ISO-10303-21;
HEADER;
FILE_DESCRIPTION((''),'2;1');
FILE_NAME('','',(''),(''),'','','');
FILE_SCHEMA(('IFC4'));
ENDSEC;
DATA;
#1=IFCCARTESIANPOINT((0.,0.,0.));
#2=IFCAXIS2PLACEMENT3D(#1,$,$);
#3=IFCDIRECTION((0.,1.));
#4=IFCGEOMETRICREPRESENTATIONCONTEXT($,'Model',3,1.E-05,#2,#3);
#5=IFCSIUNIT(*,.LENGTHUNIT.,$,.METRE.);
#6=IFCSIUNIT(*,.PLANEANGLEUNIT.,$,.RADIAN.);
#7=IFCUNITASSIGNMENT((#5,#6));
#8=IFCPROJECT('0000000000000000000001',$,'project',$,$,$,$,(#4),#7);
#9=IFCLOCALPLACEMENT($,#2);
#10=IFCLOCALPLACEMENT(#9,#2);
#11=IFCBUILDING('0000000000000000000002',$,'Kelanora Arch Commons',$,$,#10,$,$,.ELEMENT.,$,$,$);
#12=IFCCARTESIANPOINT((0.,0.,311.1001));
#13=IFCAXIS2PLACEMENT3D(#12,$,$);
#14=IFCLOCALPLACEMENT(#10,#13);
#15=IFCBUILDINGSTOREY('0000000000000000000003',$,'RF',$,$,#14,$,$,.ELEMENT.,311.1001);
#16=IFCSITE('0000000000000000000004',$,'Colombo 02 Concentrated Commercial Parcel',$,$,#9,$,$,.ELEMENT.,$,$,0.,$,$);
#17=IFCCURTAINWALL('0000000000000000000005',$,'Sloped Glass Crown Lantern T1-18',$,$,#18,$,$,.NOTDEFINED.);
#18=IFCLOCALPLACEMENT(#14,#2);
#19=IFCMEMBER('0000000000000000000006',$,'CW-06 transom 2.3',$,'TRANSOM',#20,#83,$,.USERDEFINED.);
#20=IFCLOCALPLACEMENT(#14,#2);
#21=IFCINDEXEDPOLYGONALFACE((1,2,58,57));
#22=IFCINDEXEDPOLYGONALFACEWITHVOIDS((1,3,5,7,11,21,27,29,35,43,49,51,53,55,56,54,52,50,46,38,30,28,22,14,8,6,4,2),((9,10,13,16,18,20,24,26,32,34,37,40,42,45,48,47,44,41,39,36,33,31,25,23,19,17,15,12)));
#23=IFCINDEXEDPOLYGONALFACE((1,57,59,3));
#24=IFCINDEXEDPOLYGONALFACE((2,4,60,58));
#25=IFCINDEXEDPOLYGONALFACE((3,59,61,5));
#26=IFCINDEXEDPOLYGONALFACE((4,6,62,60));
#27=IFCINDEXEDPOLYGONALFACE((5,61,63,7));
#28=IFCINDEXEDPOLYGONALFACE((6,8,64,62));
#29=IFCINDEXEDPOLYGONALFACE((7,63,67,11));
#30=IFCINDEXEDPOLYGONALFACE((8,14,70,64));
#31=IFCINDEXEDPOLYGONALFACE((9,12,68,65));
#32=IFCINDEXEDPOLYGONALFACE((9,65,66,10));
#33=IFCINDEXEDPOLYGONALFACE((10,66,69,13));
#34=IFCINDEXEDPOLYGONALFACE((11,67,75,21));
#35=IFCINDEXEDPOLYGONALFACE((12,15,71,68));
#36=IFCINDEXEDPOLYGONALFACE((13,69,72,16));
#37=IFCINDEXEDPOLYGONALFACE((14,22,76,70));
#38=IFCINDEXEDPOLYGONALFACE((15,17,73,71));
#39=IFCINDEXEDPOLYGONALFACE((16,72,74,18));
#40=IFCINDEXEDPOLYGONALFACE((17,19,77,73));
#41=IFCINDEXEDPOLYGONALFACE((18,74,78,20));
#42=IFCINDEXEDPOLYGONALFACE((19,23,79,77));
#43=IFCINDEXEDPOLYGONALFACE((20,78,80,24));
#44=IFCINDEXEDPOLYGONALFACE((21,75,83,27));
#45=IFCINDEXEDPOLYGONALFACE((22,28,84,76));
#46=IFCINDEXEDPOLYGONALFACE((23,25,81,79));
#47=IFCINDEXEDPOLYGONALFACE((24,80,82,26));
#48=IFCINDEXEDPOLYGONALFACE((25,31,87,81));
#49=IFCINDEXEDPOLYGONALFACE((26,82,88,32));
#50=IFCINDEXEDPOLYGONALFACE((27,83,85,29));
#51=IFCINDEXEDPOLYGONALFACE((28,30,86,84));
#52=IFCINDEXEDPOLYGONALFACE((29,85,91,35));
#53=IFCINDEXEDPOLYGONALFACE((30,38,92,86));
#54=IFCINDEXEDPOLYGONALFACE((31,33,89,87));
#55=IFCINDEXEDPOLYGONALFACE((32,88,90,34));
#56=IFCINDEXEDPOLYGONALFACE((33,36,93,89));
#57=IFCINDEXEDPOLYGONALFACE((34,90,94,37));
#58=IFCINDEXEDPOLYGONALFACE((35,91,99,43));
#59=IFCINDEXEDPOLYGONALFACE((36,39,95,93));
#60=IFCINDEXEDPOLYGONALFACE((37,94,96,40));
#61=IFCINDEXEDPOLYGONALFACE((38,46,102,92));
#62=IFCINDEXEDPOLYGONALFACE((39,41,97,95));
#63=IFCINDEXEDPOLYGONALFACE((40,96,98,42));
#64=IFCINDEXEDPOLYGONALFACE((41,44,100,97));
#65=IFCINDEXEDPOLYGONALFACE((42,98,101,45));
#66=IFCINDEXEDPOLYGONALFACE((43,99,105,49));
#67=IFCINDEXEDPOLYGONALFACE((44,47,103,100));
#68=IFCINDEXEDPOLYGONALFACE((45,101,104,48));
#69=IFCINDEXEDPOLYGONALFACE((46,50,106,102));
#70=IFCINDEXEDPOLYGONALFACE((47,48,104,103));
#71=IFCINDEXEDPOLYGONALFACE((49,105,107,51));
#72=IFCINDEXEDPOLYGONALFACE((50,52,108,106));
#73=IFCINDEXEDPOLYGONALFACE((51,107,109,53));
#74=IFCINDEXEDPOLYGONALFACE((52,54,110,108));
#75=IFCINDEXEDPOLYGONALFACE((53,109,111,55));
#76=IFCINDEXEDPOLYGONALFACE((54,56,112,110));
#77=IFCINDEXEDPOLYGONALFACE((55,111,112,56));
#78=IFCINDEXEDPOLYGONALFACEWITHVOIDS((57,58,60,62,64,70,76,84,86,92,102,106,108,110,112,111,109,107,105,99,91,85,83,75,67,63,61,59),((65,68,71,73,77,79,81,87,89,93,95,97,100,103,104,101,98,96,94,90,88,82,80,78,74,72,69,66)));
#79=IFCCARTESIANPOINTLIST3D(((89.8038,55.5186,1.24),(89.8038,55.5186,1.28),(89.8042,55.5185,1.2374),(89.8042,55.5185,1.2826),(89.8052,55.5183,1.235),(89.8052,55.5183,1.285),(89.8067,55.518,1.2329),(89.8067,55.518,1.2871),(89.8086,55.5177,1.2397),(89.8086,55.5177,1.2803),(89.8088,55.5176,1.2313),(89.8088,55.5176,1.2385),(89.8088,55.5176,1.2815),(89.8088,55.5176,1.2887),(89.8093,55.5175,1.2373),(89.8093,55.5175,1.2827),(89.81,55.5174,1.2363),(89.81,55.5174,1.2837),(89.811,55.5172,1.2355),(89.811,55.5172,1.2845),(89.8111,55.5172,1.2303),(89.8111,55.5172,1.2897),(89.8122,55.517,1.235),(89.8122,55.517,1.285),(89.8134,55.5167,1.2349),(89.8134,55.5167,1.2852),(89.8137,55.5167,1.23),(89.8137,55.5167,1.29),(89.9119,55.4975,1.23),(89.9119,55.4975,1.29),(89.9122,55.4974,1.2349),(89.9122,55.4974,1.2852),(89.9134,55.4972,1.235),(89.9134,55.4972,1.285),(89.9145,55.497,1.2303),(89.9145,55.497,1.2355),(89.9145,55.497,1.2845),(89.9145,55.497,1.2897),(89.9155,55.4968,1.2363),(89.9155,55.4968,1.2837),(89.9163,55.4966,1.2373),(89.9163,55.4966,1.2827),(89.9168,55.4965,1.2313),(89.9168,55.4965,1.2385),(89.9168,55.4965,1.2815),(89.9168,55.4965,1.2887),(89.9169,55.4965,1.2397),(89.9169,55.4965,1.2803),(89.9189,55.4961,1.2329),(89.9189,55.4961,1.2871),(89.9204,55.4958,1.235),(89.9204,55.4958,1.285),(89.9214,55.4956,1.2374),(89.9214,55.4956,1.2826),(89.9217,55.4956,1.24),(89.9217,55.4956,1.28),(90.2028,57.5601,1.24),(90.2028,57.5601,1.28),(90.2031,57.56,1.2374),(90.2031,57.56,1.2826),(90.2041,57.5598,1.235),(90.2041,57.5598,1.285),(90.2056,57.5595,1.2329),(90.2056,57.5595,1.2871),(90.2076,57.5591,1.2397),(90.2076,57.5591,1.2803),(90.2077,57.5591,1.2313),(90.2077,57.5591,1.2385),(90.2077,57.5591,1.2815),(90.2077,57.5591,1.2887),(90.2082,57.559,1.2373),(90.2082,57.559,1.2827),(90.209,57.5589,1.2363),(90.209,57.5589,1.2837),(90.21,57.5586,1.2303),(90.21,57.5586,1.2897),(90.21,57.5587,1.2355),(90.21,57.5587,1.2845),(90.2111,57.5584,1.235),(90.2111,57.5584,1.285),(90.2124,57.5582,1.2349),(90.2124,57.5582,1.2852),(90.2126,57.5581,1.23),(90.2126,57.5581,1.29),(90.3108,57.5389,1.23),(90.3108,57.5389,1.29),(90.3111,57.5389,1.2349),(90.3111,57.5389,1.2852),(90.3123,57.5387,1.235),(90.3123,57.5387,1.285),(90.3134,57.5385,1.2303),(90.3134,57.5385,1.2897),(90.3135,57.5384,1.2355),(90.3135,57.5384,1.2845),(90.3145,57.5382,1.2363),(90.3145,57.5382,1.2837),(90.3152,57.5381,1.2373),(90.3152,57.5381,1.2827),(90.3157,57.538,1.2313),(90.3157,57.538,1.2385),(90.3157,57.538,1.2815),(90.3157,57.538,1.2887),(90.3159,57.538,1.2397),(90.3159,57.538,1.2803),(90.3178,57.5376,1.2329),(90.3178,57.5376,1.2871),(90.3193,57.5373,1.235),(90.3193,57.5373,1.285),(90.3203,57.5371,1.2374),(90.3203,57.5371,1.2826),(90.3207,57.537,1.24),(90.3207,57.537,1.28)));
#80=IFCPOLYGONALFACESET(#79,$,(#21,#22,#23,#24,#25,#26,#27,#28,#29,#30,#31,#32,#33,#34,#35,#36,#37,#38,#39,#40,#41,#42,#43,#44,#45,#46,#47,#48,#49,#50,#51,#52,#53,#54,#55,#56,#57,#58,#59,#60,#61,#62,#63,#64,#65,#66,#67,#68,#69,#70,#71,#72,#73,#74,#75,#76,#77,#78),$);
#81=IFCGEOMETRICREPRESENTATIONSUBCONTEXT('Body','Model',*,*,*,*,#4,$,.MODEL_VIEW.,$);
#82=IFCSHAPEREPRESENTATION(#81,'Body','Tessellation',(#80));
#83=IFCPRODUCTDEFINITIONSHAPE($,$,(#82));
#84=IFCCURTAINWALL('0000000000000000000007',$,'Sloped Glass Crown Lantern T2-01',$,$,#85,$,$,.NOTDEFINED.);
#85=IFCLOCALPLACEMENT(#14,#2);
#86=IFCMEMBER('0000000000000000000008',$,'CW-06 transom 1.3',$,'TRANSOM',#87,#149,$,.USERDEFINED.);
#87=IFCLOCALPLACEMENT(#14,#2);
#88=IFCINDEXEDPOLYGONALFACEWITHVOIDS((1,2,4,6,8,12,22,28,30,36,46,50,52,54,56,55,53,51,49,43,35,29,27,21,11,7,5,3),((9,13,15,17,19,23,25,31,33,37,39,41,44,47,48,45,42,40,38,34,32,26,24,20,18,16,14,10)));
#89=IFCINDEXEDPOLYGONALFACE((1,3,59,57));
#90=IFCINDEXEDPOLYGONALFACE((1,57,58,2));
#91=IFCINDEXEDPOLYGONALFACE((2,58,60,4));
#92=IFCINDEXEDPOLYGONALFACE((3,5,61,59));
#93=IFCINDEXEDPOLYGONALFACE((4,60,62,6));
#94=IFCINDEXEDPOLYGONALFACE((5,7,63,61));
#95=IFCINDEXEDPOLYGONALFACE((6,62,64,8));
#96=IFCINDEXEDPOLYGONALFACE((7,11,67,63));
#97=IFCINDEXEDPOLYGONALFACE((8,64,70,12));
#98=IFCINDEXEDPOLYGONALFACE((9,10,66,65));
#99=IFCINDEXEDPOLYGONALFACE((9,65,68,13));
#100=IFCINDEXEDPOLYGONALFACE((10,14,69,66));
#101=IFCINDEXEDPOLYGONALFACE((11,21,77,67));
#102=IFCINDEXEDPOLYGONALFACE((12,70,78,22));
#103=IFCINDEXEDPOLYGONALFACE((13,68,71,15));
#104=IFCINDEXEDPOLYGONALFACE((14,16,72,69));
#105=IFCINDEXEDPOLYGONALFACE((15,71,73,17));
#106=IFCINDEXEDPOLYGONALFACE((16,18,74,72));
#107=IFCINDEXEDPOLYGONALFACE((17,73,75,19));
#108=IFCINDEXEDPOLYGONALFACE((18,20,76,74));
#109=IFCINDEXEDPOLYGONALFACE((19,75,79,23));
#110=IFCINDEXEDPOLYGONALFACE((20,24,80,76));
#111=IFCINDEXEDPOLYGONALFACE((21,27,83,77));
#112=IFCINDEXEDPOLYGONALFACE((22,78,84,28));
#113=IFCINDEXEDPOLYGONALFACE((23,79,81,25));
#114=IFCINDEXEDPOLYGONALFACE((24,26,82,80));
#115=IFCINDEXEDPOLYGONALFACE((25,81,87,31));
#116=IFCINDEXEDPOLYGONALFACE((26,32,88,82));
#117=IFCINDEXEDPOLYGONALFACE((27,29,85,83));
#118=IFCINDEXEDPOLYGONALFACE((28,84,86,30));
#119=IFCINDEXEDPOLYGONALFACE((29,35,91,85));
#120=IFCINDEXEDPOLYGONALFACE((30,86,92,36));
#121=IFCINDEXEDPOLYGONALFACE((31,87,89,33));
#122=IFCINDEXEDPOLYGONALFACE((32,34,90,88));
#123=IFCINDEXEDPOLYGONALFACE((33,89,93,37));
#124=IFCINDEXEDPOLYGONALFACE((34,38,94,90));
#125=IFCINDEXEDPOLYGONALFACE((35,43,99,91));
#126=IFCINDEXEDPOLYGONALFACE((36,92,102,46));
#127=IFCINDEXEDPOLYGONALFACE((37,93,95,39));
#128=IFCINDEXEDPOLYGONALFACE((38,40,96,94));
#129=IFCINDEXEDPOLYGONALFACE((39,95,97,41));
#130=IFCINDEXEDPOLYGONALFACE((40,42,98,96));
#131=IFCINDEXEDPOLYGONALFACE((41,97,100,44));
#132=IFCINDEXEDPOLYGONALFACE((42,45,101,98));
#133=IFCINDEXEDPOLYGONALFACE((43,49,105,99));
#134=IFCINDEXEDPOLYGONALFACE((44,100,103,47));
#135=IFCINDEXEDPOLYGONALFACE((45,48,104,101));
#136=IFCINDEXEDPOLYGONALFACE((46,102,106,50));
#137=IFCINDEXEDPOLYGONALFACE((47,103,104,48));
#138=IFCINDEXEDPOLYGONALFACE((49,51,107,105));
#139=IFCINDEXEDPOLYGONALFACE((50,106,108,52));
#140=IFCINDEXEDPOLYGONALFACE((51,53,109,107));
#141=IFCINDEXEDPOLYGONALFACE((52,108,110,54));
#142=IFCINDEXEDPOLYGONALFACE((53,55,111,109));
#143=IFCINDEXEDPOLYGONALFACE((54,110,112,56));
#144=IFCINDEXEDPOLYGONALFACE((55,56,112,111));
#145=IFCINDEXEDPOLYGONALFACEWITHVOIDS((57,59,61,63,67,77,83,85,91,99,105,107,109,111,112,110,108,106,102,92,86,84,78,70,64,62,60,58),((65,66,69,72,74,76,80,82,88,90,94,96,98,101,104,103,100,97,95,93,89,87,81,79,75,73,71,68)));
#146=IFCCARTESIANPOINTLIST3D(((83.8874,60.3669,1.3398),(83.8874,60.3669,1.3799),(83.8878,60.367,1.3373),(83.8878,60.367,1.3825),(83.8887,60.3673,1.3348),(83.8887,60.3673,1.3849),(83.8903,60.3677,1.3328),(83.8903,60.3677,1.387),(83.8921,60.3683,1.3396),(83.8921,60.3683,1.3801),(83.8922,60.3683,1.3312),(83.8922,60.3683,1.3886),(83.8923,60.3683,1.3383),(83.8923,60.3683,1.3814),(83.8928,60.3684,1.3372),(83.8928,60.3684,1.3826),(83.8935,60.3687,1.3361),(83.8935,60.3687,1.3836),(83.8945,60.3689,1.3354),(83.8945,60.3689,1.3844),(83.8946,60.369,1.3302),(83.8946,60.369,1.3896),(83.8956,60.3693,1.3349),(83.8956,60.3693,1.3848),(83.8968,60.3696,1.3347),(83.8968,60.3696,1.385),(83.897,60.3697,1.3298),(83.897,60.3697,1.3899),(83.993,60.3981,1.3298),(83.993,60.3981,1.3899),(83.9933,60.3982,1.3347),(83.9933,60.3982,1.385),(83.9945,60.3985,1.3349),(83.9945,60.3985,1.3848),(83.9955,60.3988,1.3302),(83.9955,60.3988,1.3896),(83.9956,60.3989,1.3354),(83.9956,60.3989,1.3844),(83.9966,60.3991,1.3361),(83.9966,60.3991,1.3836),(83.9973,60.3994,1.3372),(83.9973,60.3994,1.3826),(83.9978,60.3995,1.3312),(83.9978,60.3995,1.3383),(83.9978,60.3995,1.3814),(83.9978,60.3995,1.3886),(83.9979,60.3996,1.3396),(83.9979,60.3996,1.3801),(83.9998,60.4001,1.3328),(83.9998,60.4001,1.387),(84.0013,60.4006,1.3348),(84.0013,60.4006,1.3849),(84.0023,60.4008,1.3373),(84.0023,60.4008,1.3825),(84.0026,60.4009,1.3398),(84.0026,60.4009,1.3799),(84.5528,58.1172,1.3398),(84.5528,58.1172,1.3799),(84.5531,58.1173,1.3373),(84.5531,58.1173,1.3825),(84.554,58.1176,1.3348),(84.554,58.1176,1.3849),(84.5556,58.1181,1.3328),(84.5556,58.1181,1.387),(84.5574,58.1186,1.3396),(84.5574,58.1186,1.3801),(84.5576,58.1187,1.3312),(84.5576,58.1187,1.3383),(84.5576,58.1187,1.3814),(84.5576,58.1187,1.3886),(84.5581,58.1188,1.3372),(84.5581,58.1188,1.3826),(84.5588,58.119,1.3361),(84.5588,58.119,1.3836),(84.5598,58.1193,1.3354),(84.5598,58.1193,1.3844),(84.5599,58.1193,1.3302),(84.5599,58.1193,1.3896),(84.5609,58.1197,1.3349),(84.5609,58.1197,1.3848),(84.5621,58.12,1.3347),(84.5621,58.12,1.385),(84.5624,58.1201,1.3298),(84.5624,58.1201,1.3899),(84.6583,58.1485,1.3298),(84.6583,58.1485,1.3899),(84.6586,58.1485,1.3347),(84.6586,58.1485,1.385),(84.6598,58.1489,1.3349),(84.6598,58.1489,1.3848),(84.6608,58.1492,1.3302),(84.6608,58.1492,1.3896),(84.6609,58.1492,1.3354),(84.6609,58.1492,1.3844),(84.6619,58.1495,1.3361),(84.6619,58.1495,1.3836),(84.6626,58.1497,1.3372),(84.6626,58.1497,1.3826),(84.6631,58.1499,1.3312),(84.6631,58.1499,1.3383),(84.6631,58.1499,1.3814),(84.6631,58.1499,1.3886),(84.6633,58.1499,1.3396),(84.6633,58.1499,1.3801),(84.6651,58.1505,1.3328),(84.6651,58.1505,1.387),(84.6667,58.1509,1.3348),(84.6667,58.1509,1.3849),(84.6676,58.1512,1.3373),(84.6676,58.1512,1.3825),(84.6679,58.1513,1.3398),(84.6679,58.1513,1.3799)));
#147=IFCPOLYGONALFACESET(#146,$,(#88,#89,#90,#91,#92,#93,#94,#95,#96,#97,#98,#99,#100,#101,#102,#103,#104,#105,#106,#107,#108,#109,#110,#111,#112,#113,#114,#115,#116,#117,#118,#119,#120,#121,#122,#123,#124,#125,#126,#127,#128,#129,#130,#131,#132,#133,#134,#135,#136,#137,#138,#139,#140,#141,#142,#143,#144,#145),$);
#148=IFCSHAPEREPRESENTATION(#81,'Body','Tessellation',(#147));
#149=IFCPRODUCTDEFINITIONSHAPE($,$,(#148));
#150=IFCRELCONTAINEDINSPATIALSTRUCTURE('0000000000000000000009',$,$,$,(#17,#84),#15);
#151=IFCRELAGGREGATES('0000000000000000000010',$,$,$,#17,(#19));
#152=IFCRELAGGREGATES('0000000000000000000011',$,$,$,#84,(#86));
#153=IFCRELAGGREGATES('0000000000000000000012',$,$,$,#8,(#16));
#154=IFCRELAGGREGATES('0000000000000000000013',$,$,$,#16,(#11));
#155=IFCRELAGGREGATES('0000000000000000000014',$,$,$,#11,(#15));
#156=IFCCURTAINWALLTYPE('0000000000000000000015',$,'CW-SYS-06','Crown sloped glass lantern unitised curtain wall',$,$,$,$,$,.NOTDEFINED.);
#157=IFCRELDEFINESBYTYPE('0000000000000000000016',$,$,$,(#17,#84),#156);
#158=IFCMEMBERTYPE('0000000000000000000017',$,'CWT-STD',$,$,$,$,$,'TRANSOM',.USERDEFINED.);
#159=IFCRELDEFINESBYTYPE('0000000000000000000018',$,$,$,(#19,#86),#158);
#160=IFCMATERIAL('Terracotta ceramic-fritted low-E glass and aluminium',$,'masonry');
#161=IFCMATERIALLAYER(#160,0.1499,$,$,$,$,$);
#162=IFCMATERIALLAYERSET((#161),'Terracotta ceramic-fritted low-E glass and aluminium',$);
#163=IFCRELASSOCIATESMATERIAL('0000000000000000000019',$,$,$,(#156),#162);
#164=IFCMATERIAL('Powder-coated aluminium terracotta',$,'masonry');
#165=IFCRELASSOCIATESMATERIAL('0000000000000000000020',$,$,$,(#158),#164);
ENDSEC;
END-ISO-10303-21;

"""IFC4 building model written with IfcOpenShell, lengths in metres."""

from ifc_helpers import new_model, si_unit, direction, frame, origin, origin_2d, place, context, subcontext, project, spatial, hollow_rectangle, extrude, material, layer, layer_set, material_profile, profile_set, type_object, element, aggregate, save


model = new_model("IFC4")

# Units and contexts
model_context = context("Model", 3, precision=1e-05, world=origin(), true_north=direction((0.0, 1.0)))
body_context = subcontext(model_context, "Body", "Model", "MODEL_VIEW")
ifc_project = project(units=[si_unit("LENGTHUNIT", "METRE"), si_unit("PLANEANGLEUNIT", "RADIAN")], contexts=[model_context])

# Site, building, storey
site_placement = place(None, origin())
site = spatial("IfcSite", under=ifc_project, at=site_placement, Name="Colombo 02 Concentrated Commercial Parcel", CompositionType="ELEMENT", RefElevation=0.0)
building_placement = place(site_placement, origin())
building = spatial("IfcBuilding", under=site, at=building_placement, Name="Kelanora Arch Commons", CompositionType="ELEMENT")
storey_placement = place(building_placement, frame((0.0, 0.0, 311.1001)))
storey = spatial("IfcBuildingStorey", under=building, at=storey_placement, Name="RF", CompositionType="ELEMENT", Elevation=311.1001)

# Shared definitions
ifc_material_1 = material(Name="Terracotta ceramic-fritted low-E glass and aluminium", Category="masonry")
ifc_layer_1 = layer(ifc_material_1, 0.1499)
ifc_layer_set_1 = layer_set([ifc_layer_1], Name="Terracotta ceramic-fritted low-E glass and aluminium")
curtain_wall_type = type_object("IfcCurtainWallType", Name="CW-SYS-06", Description="Crown sloped glass lantern unitised curtain wall", PredefinedType="NOTDEFINED", material=ifc_layer_set_1)
ifc_material_2 = material(Name="Powder-coated aluminium terracotta", Category="masonry")
ifc_material_profile_1 = material_profile(ifc_material_2, hollow_rectangle(XDim=0.1201, YDim=0.0601, WallThickness=0.0049, InnerFilletRadius=0.0049, OuterFilletRadius=0.01, at=origin_2d()), Name="CWT120x60")
ifc_profile_set_1 = profile_set([ifc_material_profile_1], Name="Powder-coated aluminium terracotta")
member_type_1 = type_object("IfcMemberType", Name="CWT-STD", ElementType="TRANSOM", PredefinedType="USERDEFINED", material=ifc_profile_set_1)

# Curtain walls, members
curtain_wall_1_placement = place(storey_placement, origin())
curtain_wall_1 = element("IfcCurtainWall", 1, at=curtain_wall_1_placement, inside=storey, type_object=curtain_wall_type, Name="Sloped Glass Crown Lantern T1-18", PredefinedType="NOTDEFINED")
member_1_placement = place(storey_placement, frame((89.8628, 55.5071, 1.26), z_axis=(0.191781, 0.981438, 0.0), x_axis=(-0.981438, 0.191781, 0.0)))
member_1 = element("IfcMember", 2, at=member_1_placement, type_object=member_type_1, Name="CW-06 transom 2.3", ObjectType="TRANSOM", PredefinedType="USERDEFINED", context=body_context, shape_type="SweptSolid", body=[
    extrude(hollow_rectangle(XDim=0.1201, YDim=0.0601, WallThickness=0.0049, InnerFilletRadius=0.0049, OuterFilletRadius=0.01, at=origin_2d()), origin(), (0.0, 0.0, 1.0), 2.0801),
])
aggregate(curtain_wall_1, [member_1])
curtain_wall_2_placement = place(storey_placement, origin())
curtain_wall_2 = element("IfcCurtainWall", 3, at=curtain_wall_2_placement, inside=storey, type_object=curtain_wall_type, Name="Sloped Glass Crown Lantern T2-01", PredefinedType="NOTDEFINED")
member_2_placement = place(storey_placement, frame((84.6104, 58.1343, 1.3599), z_axis=(-0.283603, 0.958942, 0.0), x_axis=(-0.958942, -0.283603, 0.0)))
member_2 = element("IfcMember", 4, at=member_2_placement, type_object=member_type_1, Name="CW-06 transom 1.3", ObjectType="TRANSOM", PredefinedType="USERDEFINED", context=body_context, shape_type="SweptSolid", body=[
    extrude(hollow_rectangle(XDim=0.1201, YDim=0.0601, WallThickness=0.0049, InnerFilletRadius=0.0049, OuterFilletRadius=0.01, at=origin_2d()), origin(), (0.0, 0.0, 1.0), 2.3459),
])
aggregate(curtain_wall_2, [member_2])

save(model, "model.ifc")
